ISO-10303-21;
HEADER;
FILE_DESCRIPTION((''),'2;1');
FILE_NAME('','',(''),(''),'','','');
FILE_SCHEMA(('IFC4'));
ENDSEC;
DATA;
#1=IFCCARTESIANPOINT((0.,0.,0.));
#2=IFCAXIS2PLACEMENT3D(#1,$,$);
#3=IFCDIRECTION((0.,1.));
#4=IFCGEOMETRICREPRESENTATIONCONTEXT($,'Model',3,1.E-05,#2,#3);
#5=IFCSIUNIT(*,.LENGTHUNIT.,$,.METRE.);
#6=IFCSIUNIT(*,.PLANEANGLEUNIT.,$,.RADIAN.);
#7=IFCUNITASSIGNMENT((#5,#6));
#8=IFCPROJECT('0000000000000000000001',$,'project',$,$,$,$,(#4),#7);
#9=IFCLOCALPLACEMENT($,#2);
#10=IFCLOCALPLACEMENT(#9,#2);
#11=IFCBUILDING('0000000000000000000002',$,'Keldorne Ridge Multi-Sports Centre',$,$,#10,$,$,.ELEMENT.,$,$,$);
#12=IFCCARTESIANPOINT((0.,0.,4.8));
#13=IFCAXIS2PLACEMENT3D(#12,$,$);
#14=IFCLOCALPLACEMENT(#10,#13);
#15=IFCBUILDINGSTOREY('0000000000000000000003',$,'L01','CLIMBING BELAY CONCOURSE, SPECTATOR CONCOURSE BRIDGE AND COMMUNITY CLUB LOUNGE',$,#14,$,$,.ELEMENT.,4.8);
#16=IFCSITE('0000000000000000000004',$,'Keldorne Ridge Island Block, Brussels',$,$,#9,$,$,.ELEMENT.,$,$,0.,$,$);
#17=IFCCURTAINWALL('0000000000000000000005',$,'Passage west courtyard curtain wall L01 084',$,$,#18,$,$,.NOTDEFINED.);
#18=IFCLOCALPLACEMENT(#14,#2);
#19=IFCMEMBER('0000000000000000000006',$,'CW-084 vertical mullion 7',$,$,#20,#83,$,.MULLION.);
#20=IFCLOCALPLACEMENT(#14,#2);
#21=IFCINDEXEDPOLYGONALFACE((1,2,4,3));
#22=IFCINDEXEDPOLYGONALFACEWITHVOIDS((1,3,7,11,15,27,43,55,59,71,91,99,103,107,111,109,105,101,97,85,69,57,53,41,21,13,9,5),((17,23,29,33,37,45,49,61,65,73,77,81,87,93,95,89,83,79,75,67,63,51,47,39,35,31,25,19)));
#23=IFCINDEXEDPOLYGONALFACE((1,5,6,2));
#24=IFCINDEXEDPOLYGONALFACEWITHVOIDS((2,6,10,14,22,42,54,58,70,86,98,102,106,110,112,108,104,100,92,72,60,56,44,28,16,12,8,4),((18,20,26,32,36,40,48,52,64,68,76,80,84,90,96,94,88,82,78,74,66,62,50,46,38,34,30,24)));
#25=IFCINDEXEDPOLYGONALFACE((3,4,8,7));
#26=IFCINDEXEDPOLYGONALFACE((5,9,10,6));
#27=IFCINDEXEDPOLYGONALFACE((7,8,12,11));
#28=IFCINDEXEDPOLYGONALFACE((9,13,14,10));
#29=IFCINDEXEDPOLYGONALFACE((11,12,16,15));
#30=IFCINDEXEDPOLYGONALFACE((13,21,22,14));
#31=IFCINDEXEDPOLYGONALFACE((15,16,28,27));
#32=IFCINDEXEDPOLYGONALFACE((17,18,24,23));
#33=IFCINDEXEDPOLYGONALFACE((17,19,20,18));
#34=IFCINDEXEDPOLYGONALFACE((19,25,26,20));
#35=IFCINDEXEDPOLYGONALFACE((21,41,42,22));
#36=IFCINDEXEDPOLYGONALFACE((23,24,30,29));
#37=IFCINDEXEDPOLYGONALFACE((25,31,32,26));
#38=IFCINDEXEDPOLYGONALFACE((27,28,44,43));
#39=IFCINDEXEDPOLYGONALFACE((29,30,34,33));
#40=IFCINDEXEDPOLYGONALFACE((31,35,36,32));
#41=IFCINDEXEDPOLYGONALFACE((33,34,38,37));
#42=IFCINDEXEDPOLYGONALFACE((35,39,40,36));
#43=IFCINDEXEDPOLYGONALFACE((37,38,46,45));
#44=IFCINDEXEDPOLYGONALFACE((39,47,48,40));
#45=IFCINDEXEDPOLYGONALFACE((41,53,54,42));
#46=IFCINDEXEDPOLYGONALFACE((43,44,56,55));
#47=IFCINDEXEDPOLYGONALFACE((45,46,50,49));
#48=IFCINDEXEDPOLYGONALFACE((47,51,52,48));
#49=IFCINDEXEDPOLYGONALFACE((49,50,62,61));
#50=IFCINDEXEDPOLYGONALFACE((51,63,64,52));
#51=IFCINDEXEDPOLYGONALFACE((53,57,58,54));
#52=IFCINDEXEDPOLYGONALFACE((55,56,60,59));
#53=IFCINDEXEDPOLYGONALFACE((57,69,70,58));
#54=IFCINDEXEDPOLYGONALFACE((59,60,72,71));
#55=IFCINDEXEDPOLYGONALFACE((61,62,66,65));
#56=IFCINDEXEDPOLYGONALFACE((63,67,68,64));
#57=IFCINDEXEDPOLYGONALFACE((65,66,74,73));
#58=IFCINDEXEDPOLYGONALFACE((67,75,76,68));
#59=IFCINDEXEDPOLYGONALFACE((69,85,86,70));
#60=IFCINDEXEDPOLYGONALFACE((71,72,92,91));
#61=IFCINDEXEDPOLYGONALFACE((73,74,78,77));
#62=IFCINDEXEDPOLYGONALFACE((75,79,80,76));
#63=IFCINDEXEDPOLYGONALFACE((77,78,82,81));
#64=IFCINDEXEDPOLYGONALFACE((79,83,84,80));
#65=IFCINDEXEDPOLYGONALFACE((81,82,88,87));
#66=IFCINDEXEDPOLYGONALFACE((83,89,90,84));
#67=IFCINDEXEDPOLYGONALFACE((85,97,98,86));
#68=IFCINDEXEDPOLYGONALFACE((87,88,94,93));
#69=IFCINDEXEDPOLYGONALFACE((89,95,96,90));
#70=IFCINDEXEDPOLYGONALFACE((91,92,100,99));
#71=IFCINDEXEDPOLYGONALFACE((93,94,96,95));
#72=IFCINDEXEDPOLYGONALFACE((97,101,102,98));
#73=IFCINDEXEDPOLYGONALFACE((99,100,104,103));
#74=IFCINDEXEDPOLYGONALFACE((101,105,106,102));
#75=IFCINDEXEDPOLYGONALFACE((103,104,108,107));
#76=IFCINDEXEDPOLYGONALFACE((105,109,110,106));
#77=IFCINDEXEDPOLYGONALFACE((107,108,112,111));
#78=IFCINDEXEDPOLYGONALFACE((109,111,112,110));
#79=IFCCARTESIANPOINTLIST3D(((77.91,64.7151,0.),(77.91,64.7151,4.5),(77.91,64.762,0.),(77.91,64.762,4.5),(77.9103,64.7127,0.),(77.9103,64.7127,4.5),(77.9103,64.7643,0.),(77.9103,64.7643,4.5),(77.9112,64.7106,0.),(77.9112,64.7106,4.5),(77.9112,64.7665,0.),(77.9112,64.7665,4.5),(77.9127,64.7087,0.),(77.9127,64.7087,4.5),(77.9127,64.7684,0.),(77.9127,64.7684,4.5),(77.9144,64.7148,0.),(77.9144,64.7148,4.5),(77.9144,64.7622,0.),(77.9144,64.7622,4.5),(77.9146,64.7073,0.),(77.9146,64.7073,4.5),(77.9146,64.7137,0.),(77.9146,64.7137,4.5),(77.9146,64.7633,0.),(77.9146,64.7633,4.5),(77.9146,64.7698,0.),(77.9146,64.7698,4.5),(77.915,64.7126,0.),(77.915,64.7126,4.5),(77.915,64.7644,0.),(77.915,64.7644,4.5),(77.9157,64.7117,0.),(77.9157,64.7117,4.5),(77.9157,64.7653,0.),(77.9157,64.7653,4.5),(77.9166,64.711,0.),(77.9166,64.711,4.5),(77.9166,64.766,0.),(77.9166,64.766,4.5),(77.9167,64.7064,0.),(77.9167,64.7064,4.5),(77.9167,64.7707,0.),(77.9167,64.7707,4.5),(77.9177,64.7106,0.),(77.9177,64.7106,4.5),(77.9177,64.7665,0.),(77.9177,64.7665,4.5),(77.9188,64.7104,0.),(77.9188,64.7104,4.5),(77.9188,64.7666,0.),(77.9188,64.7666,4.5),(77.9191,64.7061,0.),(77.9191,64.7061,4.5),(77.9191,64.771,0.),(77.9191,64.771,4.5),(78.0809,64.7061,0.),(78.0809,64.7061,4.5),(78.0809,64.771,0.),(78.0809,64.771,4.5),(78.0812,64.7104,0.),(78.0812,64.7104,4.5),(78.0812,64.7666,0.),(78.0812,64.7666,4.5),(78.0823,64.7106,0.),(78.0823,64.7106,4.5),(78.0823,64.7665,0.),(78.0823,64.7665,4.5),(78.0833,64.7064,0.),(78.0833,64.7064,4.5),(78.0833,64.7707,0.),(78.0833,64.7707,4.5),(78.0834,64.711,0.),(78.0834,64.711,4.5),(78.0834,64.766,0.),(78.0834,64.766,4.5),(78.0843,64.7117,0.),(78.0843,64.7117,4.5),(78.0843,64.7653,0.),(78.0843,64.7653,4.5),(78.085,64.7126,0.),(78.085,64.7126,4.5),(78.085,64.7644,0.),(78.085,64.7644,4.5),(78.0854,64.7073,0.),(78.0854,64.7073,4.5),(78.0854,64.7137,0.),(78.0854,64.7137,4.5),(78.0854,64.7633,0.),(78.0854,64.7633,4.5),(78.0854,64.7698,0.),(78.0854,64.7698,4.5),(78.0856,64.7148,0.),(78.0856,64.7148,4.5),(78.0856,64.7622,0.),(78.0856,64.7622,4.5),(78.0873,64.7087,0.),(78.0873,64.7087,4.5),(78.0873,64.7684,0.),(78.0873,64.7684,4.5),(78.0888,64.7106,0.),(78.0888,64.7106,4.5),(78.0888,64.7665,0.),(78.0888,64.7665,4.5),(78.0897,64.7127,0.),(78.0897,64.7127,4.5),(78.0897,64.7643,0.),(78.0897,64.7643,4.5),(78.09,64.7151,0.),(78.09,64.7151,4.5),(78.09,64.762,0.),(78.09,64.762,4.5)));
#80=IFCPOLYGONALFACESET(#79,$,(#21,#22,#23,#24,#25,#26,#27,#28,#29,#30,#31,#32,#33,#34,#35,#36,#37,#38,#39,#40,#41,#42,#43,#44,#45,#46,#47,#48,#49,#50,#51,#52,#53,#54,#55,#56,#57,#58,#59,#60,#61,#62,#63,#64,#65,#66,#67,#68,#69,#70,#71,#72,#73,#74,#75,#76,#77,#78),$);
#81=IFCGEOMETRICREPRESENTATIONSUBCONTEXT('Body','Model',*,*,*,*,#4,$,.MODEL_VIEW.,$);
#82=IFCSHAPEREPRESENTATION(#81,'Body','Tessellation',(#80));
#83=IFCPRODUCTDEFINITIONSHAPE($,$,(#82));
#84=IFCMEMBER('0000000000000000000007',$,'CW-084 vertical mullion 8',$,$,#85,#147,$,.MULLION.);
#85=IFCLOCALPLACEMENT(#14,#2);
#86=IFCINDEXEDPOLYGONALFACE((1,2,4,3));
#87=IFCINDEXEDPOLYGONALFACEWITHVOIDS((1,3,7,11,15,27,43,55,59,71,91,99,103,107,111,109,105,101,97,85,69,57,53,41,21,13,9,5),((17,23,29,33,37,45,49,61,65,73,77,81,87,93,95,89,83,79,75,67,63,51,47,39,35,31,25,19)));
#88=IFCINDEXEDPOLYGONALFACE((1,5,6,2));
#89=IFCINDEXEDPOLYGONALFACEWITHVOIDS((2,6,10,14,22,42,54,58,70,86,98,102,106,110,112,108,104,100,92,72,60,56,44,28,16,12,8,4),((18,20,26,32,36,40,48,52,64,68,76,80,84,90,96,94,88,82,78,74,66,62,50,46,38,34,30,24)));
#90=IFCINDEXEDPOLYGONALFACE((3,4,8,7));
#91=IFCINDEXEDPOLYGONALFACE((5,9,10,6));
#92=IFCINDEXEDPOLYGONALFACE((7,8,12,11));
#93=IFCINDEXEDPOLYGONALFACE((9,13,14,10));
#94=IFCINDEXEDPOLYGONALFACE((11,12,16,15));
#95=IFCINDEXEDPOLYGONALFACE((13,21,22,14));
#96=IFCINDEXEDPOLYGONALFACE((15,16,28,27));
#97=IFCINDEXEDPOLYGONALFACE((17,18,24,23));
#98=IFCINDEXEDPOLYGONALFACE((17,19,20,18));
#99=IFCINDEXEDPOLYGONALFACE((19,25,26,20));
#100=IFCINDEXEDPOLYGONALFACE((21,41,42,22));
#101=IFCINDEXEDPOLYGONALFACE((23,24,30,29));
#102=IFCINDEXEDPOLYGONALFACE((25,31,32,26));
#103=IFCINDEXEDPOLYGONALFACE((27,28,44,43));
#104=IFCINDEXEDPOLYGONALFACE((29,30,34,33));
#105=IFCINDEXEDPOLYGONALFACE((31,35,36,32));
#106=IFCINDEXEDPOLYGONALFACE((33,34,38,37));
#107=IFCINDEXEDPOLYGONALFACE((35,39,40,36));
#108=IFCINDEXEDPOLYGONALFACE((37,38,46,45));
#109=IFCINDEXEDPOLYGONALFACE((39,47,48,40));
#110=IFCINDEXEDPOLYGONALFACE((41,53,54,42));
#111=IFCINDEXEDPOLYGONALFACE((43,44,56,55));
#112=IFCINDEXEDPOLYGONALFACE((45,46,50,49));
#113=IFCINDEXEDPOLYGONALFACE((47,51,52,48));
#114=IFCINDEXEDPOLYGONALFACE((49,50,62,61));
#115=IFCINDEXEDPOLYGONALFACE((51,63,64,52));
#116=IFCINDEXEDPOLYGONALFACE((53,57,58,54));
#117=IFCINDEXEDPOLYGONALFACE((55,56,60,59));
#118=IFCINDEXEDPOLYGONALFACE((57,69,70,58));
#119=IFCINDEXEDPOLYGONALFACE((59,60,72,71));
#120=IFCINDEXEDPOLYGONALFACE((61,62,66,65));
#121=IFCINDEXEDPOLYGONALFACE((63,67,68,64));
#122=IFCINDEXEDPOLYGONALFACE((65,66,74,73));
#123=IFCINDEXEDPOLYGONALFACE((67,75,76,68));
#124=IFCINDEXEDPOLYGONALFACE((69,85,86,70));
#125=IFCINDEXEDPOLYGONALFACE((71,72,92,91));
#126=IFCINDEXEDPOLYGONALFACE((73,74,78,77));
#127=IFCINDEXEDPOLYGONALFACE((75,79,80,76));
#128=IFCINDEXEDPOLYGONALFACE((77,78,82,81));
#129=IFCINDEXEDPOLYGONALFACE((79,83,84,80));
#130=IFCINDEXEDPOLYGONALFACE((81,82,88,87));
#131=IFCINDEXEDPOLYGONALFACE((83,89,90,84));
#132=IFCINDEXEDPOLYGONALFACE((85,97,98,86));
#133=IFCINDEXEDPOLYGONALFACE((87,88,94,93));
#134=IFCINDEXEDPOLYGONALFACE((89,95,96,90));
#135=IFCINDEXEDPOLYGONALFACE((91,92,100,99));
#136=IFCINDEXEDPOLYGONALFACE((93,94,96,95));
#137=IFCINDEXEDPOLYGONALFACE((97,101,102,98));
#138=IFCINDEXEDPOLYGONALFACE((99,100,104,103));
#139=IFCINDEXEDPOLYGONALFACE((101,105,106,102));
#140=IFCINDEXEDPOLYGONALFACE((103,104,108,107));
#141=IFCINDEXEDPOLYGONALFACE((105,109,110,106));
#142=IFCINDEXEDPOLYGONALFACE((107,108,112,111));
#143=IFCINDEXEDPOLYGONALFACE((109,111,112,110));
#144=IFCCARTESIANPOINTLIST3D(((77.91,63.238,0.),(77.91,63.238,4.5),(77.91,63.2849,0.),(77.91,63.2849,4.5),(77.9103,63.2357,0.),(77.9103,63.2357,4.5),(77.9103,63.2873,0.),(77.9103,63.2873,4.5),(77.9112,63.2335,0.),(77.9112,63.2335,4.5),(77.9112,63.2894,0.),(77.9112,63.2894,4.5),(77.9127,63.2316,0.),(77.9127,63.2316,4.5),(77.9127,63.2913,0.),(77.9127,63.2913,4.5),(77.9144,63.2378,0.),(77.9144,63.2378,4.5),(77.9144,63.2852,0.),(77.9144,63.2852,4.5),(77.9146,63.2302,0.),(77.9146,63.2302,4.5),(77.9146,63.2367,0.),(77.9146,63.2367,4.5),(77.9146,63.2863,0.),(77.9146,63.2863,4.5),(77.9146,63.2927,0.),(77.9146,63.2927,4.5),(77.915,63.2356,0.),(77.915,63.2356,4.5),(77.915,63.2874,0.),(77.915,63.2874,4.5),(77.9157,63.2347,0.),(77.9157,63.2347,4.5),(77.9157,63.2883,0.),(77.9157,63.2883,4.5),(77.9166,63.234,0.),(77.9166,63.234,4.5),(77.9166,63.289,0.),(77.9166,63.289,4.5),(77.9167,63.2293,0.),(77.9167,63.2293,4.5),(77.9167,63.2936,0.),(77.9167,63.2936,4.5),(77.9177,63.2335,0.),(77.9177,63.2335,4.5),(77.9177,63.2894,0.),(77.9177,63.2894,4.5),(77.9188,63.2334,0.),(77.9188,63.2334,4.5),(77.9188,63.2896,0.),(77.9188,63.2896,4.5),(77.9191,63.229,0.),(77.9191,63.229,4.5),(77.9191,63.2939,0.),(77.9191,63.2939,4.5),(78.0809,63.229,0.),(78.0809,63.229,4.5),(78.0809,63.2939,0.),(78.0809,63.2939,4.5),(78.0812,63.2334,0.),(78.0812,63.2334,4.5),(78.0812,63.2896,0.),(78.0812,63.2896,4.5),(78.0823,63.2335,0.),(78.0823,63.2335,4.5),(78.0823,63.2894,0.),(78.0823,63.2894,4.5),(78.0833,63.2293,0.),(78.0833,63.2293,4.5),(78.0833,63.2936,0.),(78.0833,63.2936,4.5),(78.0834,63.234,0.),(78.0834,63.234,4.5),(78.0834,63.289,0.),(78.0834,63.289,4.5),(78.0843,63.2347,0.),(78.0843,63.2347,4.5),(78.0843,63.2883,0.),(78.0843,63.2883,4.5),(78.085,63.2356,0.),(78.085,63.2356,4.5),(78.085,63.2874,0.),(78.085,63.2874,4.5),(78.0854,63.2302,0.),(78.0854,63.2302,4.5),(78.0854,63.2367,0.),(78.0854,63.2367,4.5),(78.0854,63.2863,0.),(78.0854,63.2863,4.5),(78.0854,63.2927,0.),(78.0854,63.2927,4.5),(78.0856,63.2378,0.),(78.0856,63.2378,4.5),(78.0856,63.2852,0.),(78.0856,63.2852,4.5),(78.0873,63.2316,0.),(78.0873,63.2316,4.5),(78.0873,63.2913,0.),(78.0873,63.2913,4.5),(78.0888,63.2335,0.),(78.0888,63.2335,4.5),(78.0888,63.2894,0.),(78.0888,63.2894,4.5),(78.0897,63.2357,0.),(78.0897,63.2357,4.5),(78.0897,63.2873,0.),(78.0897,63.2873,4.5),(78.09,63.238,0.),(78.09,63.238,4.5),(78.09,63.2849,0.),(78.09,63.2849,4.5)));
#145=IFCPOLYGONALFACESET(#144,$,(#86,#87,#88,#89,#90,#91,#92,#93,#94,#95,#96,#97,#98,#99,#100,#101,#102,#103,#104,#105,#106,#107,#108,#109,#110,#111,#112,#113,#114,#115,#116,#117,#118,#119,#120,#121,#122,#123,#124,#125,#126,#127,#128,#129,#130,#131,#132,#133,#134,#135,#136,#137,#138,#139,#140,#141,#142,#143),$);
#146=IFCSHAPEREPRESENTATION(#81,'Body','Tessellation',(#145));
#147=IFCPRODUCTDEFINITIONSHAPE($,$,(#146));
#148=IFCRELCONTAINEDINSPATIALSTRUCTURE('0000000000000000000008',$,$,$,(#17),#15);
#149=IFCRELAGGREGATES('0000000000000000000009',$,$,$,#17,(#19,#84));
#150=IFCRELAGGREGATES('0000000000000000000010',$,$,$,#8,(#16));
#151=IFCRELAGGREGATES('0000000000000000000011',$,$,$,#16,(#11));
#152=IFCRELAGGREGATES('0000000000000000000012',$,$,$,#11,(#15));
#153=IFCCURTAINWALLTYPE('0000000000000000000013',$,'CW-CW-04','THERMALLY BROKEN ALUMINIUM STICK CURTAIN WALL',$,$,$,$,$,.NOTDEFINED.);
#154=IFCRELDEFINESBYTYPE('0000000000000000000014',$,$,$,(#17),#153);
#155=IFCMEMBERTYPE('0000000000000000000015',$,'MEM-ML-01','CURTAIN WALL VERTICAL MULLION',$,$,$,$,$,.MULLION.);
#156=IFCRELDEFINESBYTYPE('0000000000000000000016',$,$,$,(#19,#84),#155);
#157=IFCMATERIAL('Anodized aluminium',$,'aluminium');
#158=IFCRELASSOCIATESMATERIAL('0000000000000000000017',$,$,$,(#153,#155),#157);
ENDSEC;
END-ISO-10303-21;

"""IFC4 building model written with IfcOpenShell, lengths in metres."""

from ifc_helpers import new_model, si_unit, direction, frame, origin, origin_2d, place, context, subcontext, project, spatial, hollow_rectangle, extrude, material, material_profile, profile_set, type_object, element, aggregate, save


model = new_model("IFC4")

# Units and contexts
model_context = context("Model", 3, precision=1e-05, world=origin(), true_north=direction((0.0, 1.0)))
body_context = subcontext(model_context, "Body", "Model", "MODEL_VIEW")
ifc_project = project(units=[si_unit("LENGTHUNIT", "METRE"), si_unit("PLANEANGLEUNIT", "RADIAN")], contexts=[model_context])

# Site, building, storey
site_placement = place(None, origin())
site = spatial("IfcSite", under=ifc_project, at=site_placement, Name="Keldorne Ridge Island Block, Brussels", CompositionType="ELEMENT", RefElevation=0.0)
building_placement = place(site_placement, origin())
building = spatial("IfcBuilding", under=site, at=building_placement, Name="Keldorne Ridge Multi-Sports Centre", CompositionType="ELEMENT")
storey_placement = place(building_placement, frame((0.0, 0.0, 4.8)))
storey = spatial("IfcBuildingStorey", under=building, at=storey_placement, Name="L01", Description="CLIMBING BELAY CONCOURSE, SPECTATOR CONCOURSE BRIDGE AND COMMUNITY CLUB LOUNGE", CompositionType="ELEMENT", Elevation=4.8)

# Curtain wall, members
ifc_material_1 = material(Name="Anodized aluminium", Category="aluminium")
curtain_wall_type = type_object("IfcCurtainWallType", Name="CW-CW-04", Description="THERMALLY BROKEN ALUMINIUM STICK CURTAIN WALL", PredefinedType="NOTDEFINED", material=ifc_material_1)
curtain_wall_placement = place(storey_placement, origin())
curtain_wall = element("IfcCurtainWall", 1, at=curtain_wall_placement, inside=storey, type_object=curtain_wall_type, Name="Passage west courtyard curtain wall L01 084", PredefinedType="NOTDEFINED")
ifc_material_profile_1 = material_profile(ifc_material_1, hollow_rectangle(XDim=0.0649, YDim=0.1799, WallThickness=0.0044, InnerFilletRadius=0.0044, OuterFilletRadius=0.009, at=origin_2d()), Name="ALU MULLION 180x65x4.5")
ifc_profile_set_1 = profile_set([ifc_material_profile_1], Name="Anodized aluminium")
member_type_1 = type_object("IfcMemberType", Name="MEM-ML-01", Description="CURTAIN WALL VERTICAL MULLION", PredefinedType="MULLION", material=ifc_profile_set_1)
member_1_placement = place(storey_placement, frame((78.0, 64.7385, 0.0), z_axis=(0.0, 0.0, 1.0), x_axis=(0.0, 1.0, 0.0)))
member_1 = element("IfcMember", 2, at=member_1_placement, type_object=member_type_1, Name="CW-084 vertical mullion 7", PredefinedType="MULLION", context=body_context, shape_type="SweptSolid", body=[
    extrude(hollow_rectangle(XDim=0.0649, YDim=0.1799, WallThickness=0.0044, InnerFilletRadius=0.0044, OuterFilletRadius=0.009, at=origin_2d()), origin(), (0.0, 0.0, 1.0), 4.5),
])
member_2_placement = place(storey_placement, frame((78.0, 63.2615, 0.0), z_axis=(0.0, 0.0, 1.0), x_axis=(0.0, 1.0, 0.0)))
member_2 = element("IfcMember", 3, at=member_2_placement, type_object=member_type_1, Name="CW-084 vertical mullion 8", PredefinedType="MULLION", context=body_context, shape_type="SweptSolid", body=[
    extrude(hollow_rectangle(XDim=0.0649, YDim=0.1799, WallThickness=0.0044, InnerFilletRadius=0.0044, OuterFilletRadius=0.009, at=origin_2d()), origin(), (0.0, 0.0, 1.0), 4.5),
])
aggregate(curtain_wall, [member_1, member_2])

save(model, "model.ifc")
